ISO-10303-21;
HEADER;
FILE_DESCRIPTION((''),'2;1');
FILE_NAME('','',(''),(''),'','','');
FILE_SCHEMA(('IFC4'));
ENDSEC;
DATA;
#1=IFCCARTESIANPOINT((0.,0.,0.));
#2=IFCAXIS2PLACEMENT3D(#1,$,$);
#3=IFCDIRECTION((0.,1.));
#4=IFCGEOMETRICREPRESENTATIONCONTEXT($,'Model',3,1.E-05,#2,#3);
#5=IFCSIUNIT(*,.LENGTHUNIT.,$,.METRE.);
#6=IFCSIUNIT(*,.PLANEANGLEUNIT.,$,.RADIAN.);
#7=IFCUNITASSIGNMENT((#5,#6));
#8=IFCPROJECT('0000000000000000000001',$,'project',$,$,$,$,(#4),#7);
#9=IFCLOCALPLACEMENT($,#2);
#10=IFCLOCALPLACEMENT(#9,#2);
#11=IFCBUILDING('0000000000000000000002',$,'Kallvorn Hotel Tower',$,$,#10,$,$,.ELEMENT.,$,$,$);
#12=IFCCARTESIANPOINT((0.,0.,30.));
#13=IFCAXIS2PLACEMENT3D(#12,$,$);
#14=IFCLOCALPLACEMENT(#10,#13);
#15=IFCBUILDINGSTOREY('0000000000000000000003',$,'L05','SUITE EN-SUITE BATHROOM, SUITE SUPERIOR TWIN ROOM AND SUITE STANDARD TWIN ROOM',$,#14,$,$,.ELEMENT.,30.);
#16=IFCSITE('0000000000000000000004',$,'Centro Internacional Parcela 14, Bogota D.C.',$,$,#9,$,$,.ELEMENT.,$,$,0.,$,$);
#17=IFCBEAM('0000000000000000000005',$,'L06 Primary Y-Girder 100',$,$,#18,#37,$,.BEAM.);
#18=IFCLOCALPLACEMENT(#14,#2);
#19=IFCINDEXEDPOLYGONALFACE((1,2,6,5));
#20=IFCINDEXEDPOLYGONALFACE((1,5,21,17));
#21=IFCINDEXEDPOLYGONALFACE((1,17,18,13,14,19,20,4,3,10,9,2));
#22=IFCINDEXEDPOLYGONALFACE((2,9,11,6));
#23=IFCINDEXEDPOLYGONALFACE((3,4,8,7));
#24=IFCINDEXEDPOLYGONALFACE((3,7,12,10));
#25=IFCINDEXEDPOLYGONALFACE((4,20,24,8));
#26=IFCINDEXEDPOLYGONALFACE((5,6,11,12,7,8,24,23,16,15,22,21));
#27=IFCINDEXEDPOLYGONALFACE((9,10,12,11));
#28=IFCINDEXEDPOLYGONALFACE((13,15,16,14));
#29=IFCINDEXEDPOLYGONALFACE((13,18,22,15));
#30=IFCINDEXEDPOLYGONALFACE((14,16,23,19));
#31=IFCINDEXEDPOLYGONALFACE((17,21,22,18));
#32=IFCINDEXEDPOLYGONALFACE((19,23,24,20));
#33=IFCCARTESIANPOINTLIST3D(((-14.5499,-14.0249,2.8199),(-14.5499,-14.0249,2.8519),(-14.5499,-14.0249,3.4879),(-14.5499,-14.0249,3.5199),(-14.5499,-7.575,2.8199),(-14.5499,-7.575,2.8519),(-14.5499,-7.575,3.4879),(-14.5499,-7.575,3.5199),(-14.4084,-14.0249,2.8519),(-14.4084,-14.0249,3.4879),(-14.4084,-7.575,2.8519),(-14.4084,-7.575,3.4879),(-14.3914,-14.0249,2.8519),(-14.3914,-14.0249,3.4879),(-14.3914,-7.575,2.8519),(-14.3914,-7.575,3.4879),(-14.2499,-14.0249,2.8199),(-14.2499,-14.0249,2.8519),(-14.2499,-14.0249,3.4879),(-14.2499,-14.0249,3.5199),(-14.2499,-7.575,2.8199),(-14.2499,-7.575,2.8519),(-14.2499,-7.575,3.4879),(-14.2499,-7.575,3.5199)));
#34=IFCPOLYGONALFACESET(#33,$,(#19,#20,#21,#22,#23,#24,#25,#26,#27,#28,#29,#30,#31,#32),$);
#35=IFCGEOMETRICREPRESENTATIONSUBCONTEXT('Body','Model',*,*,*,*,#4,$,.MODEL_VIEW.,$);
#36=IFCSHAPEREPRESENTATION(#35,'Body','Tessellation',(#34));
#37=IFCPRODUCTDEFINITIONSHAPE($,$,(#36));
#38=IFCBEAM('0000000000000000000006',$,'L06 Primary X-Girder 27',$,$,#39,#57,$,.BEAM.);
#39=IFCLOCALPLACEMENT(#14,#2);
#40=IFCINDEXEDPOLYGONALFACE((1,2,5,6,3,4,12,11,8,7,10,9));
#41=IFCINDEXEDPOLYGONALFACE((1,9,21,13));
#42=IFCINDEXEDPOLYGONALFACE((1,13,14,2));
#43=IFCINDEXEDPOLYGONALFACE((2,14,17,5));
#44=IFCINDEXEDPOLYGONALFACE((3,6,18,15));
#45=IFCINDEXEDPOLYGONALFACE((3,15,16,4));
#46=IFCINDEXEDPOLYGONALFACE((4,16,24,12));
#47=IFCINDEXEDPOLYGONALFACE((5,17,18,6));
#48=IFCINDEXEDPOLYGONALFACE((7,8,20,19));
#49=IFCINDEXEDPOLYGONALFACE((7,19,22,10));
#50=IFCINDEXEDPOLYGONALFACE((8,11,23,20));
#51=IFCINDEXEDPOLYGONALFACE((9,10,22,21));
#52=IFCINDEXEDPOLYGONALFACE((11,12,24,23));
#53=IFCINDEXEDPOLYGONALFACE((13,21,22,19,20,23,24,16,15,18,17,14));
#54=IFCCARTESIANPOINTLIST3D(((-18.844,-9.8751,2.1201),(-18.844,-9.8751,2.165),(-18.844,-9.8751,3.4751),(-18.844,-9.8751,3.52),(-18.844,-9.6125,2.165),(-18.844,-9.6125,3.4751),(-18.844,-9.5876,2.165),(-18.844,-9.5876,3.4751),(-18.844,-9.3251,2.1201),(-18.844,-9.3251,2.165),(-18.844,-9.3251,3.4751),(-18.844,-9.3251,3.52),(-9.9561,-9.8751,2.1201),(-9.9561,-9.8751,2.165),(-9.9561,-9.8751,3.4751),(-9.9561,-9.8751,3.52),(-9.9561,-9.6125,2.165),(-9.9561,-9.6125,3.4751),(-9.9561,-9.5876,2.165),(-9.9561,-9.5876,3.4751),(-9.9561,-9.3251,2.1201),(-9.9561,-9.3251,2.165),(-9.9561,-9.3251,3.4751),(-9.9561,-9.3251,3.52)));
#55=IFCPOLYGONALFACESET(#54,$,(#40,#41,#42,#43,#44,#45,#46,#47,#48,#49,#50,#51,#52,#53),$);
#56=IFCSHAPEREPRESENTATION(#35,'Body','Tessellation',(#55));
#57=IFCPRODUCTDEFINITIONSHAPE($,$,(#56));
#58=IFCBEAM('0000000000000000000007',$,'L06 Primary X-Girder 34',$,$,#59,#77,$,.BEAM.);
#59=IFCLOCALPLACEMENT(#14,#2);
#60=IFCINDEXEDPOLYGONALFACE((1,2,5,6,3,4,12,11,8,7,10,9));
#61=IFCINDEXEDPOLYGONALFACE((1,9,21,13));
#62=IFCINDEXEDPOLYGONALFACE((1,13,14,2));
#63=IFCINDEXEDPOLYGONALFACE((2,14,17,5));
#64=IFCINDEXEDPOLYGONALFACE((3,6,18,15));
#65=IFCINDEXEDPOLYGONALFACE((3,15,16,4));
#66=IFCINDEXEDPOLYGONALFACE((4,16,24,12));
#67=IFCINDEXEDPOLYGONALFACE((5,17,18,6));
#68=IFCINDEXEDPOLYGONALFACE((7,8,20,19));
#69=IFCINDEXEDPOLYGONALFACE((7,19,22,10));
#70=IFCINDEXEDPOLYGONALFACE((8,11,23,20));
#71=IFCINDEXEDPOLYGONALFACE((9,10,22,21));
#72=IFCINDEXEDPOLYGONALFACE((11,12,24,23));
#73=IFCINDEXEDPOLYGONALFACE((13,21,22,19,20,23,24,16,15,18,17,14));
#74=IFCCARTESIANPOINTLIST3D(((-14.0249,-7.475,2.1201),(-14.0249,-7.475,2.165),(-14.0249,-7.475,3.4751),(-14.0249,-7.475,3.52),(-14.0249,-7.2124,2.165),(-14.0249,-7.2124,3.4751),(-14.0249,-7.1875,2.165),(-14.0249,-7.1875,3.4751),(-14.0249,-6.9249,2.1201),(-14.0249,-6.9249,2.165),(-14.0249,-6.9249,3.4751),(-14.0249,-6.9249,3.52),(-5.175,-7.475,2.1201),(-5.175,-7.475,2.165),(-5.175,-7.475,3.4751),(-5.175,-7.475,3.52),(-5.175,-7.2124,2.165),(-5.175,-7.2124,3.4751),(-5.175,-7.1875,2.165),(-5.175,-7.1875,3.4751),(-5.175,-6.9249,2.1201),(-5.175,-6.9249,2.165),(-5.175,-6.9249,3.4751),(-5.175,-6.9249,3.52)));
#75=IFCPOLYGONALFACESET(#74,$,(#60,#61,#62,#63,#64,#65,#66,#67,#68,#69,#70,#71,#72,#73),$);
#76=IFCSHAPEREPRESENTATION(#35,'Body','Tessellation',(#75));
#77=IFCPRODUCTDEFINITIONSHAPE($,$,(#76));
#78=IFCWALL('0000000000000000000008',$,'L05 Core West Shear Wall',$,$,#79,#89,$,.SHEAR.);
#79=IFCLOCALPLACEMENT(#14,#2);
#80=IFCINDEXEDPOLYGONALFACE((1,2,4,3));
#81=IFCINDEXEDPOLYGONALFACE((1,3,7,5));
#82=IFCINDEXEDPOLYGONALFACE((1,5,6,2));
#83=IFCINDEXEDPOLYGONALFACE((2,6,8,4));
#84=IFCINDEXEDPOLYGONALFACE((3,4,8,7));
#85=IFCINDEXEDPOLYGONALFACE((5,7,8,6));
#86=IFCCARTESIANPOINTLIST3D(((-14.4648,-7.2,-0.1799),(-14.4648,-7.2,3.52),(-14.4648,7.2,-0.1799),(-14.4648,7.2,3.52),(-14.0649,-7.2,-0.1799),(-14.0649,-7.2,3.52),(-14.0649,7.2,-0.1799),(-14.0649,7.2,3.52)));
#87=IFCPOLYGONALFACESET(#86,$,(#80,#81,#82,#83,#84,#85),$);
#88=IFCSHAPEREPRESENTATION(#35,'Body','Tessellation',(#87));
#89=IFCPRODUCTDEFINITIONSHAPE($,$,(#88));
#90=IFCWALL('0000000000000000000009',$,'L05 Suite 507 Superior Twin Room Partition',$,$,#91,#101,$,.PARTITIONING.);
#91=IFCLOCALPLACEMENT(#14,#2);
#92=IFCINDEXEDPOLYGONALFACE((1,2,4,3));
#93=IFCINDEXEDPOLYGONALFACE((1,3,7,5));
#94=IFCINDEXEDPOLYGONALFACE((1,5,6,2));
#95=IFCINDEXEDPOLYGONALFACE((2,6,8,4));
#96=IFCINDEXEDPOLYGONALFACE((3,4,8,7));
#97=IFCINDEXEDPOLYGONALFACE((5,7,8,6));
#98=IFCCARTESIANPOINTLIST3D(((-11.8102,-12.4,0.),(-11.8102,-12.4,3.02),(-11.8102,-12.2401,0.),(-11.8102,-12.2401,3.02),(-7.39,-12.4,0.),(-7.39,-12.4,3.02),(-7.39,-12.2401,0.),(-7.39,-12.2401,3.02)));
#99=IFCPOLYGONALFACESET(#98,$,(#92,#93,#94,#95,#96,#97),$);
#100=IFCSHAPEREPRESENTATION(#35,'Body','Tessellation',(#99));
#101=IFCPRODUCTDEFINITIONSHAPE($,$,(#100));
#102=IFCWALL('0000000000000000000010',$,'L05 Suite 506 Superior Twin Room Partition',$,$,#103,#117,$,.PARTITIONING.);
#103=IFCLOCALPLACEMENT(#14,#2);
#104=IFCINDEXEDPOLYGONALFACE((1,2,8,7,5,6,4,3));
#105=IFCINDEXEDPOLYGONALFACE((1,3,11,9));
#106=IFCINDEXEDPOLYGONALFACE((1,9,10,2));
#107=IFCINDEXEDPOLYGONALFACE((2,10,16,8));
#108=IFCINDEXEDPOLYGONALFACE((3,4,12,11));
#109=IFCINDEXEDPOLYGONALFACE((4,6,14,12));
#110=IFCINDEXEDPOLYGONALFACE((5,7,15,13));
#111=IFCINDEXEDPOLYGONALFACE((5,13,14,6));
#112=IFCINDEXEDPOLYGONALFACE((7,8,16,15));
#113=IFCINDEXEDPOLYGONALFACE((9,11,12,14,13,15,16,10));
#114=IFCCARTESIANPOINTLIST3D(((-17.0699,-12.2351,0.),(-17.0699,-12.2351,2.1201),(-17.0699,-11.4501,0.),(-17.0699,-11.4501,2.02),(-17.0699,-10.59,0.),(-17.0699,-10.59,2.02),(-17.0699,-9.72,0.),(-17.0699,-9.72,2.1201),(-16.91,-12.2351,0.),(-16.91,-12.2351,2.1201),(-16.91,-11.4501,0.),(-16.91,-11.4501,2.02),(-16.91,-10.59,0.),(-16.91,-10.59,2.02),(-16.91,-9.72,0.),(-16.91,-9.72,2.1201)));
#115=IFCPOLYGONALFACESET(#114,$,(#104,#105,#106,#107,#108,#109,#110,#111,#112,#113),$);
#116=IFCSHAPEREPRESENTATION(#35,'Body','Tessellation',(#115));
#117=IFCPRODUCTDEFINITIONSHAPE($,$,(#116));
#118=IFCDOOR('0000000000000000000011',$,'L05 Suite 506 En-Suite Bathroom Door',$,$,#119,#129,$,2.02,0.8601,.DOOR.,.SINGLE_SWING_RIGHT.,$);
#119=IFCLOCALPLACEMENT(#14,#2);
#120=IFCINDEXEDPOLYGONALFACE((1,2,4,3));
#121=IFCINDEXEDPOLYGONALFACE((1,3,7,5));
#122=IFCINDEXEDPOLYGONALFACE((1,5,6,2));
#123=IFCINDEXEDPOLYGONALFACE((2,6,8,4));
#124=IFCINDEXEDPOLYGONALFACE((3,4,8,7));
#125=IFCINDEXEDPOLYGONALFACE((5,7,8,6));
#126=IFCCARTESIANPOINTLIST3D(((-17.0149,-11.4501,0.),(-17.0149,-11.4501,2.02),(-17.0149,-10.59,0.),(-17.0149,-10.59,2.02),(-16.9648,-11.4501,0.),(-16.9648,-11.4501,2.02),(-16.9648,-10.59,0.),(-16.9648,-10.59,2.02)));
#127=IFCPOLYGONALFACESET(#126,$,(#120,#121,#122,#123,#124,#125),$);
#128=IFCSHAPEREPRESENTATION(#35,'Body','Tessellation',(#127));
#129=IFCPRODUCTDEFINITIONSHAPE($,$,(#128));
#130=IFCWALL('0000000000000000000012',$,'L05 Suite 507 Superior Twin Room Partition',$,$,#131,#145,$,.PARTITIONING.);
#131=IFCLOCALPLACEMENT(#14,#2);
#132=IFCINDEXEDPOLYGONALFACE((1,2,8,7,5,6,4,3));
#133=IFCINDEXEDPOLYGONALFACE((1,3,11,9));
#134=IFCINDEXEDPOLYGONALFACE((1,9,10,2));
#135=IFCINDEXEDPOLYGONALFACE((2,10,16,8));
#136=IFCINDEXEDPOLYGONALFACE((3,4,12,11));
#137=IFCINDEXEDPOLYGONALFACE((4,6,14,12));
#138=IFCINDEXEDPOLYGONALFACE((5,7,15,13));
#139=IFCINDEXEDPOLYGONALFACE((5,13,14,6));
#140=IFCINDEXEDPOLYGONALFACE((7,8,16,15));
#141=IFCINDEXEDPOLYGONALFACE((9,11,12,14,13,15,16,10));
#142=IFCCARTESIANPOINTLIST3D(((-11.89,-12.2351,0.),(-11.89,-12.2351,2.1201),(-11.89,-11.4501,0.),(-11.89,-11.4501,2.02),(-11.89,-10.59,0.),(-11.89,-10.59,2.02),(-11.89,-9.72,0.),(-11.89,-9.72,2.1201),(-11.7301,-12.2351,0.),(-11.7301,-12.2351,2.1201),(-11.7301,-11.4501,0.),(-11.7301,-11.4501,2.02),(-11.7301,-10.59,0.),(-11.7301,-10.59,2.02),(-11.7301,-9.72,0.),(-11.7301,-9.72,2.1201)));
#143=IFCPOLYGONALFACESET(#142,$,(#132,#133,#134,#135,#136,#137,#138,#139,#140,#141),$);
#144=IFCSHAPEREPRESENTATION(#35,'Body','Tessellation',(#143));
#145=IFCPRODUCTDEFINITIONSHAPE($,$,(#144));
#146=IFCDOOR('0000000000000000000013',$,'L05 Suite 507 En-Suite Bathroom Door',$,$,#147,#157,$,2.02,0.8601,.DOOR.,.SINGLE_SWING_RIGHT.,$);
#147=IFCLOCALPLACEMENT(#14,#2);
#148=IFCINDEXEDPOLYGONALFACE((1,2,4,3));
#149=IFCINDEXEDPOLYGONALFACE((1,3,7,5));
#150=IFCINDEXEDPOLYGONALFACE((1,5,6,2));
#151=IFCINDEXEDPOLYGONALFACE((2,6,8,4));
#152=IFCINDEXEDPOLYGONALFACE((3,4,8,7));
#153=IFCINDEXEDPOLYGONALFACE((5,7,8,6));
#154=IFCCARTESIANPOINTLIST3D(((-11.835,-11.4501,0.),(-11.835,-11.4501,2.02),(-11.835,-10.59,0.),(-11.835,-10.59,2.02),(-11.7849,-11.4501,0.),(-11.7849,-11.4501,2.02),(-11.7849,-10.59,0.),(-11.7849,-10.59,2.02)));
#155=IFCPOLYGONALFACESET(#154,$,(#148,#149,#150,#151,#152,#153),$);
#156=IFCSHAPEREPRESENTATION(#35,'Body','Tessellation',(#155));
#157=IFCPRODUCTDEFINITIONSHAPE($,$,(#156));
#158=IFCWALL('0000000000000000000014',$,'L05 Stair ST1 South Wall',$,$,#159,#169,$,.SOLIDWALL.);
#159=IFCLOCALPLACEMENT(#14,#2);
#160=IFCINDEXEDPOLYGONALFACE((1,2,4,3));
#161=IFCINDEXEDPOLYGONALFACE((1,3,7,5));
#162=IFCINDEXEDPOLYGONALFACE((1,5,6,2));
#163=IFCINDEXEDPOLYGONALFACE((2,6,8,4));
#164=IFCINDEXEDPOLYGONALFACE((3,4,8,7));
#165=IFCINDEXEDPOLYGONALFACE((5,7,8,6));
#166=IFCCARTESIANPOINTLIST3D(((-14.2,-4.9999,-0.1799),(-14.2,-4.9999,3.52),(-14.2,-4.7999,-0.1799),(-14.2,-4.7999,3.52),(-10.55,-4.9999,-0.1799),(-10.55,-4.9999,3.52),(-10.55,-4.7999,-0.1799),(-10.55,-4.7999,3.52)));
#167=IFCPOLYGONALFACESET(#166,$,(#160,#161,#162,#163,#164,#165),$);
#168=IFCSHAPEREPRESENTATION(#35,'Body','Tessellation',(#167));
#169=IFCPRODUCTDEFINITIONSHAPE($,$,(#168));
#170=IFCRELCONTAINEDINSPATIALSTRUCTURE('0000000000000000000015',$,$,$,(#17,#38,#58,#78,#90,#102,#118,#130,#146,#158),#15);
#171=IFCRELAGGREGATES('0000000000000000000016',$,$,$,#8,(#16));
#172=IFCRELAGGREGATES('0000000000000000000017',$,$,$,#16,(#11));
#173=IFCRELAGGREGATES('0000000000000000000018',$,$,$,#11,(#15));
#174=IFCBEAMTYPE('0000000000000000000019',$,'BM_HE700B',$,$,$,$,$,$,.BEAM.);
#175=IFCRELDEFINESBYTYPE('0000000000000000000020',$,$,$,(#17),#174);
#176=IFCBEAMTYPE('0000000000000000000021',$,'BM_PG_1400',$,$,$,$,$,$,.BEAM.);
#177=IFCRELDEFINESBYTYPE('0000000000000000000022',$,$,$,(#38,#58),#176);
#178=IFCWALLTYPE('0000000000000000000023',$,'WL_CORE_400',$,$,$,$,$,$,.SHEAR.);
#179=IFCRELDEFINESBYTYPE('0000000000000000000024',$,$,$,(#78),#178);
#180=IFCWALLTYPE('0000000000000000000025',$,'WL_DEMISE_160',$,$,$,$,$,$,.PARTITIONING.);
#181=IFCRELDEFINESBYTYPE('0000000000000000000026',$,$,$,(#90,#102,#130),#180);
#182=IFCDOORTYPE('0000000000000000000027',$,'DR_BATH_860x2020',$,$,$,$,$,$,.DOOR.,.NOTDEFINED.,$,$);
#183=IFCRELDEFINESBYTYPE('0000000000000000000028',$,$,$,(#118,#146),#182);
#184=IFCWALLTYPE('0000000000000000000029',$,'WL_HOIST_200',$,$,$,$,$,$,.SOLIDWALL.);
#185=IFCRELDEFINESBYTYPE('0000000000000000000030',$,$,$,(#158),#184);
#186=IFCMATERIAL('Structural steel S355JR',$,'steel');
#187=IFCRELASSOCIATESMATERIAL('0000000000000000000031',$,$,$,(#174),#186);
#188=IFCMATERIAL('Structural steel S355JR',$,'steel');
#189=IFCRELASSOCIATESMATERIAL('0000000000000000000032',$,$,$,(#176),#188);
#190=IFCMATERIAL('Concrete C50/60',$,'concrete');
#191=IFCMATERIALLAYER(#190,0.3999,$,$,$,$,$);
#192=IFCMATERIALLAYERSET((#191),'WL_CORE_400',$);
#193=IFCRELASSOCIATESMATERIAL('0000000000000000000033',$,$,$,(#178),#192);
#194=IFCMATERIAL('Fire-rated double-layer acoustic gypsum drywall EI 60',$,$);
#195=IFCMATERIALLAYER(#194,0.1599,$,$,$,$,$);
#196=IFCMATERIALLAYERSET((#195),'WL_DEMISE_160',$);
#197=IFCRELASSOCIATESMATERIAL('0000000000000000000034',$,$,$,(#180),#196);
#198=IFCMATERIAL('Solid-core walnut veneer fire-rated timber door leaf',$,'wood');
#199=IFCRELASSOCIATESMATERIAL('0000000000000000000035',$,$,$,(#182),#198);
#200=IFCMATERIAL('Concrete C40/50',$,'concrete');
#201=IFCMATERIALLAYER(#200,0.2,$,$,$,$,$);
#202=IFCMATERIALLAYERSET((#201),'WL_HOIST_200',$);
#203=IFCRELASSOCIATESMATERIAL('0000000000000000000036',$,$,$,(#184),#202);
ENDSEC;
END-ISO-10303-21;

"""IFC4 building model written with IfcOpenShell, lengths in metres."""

from ifc_helpers import new_model, si_unit, direction, frame, frame_2d, origin, origin_2d, place, context, subcontext, project, spatial, rectangle, i_section, extrude, material, layer, layer_set, material_profile, profile_set, type_object, element, fill, save


model = new_model("IFC4")

# Units and contexts
model_context = context("Model", 3, precision=1e-05, world=origin(), true_north=direction((0.0, 1.0)))
body_context = subcontext(model_context, "Body", "Model", "MODEL_VIEW")
ifc_project = project(units=[si_unit("LENGTHUNIT", "METRE"), si_unit("PLANEANGLEUNIT", "RADIAN")], contexts=[model_context])

# Site, building, storey
site_placement = place(None, origin())
site = spatial("IfcSite", under=ifc_project, at=site_placement, Name="Centro Internacional Parcela 14, Bogota D.C.", CompositionType="ELEMENT", RefElevation=0.0)
building_placement = place(site_placement, origin())
building = spatial("IfcBuilding", under=site, at=building_placement, Name="Kallvorn Hotel Tower", CompositionType="ELEMENT")
storey_placement = place(building_placement, frame((0.0, 0.0, 30.0)))
storey = spatial("IfcBuildingStorey", under=building, at=storey_placement, Name="L05", Description="SUITE EN-SUITE BATHROOM, SUITE SUPERIOR TWIN ROOM AND SUITE STANDARD TWIN ROOM", CompositionType="ELEMENT", Elevation=30.0)

# Beams
ifc_material_1 = material(Name="Structural steel S355JR", Category="steel")
ifc_material_profile_1 = material_profile(ifc_material_1, i_section(OverallWidth=0.3, OverallDepth=0.7, WebThickness=0.0171, FlangeThickness=0.032, at=origin_2d()), Name="HE 700 B")
ifc_profile_set_1 = profile_set([ifc_material_profile_1], Name="Structural steel S355JR")
beam_type_1 = type_object("IfcBeamType", Name="BM_HE700B", PredefinedType="BEAM", material=ifc_profile_set_1)
beam_1_placement = place(storey_placement, frame((-14.3999, -14.0249, 3.1699), z_axis=(0.0, 1.0, 0.0), x_axis=(-1.0, 0.0, 0.0)))
element("IfcBeam", 1, at=beam_1_placement, inside=storey, type_object=beam_type_1, Name="L06 Primary Y-Girder 100", PredefinedType="BEAM", context=body_context, shape_type="SweptSolid", body=[
    extrude(i_section(OverallWidth=0.3, OverallDepth=0.7, WebThickness=0.0171, FlangeThickness=0.032, at=origin_2d()), origin(), (0.0, 0.0, 1.0), 6.45),
])
ifc_material_2 = material(Name="Structural steel S355JR", Category="steel")
ifc_material_profile_2 = material_profile(ifc_material_2, i_section(OverallWidth=0.55, OverallDepth=1.3999, WebThickness=0.0249, FlangeThickness=0.0449, at=origin_2d()), Name="PG 1400x550x25x45")
ifc_profile_set_2 = profile_set([ifc_material_profile_2], Name="Structural steel S355JR")
beam_type_2 = type_object("IfcBeamType", Name="BM_PG_1400", PredefinedType="BEAM", material=ifc_profile_set_2)
beam_2_placement = place(storey_placement, frame((-18.844, -9.6001, 2.8201), z_axis=(1.0, 0.0, 0.0), x_axis=(0.0, 1.0, 0.0)))
element("IfcBeam", 2, at=beam_2_placement, inside=storey, type_object=beam_type_2, Name="L06 Primary X-Girder 27", PredefinedType="BEAM", context=body_context, shape_type="SweptSolid", body=[
    extrude(i_section(OverallWidth=0.55, OverallDepth=1.3999, WebThickness=0.0249, FlangeThickness=0.0449, at=origin_2d()), origin(), (0.0, 0.0, 1.0), 8.8879),
])
beam_3_placement = place(storey_placement, frame((-14.0249, -7.2, 2.8201), z_axis=(1.0, 0.0, 0.0), x_axis=(0.0, 1.0, 0.0)))
element("IfcBeam", 3, at=beam_3_placement, inside=storey, type_object=beam_type_2, Name="L06 Primary X-Girder 34", PredefinedType="BEAM", context=body_context, shape_type="SweptSolid", body=[
    extrude(i_section(OverallWidth=0.55, OverallDepth=1.3999, WebThickness=0.0249, FlangeThickness=0.0449, at=origin_2d()), origin(), (0.0, 0.0, 1.0), 8.8499),
])

# Walls
ifc_material_3 = material(Name="Concrete C50/60", Category="concrete")
ifc_layer_1 = layer(ifc_material_3, 0.3999)
ifc_layer_set_1 = layer_set([ifc_layer_1], Name="WL_CORE_400")
wall_type_1 = type_object("IfcWallType", Name="WL_CORE_400", PredefinedType="SHEAR", material=ifc_layer_set_1)
wall_1_placement = place(storey_placement, frame((-14.2649, -7.2, -0.1799), z_axis=(0.0, 0.0, 1.0), x_axis=(0.0, 1.0, 0.0)))
element("IfcWall", 4, at=wall_1_placement, inside=storey, type_object=wall_type_1, Name="L05 Core West Shear Wall", PredefinedType="SHEAR", context=body_context, shape_type="SweptSolid", body=[
    extrude(rectangle(XDim=14.3999, YDim=0.3999, at=frame_2d((7.2, 0.0))), origin(), (0.0, 0.0, 1.0), 3.7),
])
ifc_material_4 = material(Name="Fire-rated double-layer acoustic gypsum drywall EI 60")
ifc_layer_2 = layer(ifc_material_4, 0.1599)
ifc_layer_set_2 = layer_set([ifc_layer_2], Name="WL_DEMISE_160")
wall_type_2 = type_object("IfcWallType", Name="WL_DEMISE_160", PredefinedType="PARTITIONING", material=ifc_layer_set_2)
wall_2_placement = place(storey_placement, frame((-11.8101, -12.3201, 0.0), z_axis=(0.0, 0.0, 1.0), x_axis=(1.0, 0.0, 0.0)))
element("IfcWall", 5, at=wall_2_placement, inside=storey, type_object=wall_type_2, Name="L05 Suite 507 Superior Twin Room Partition", PredefinedType="PARTITIONING", context=body_context, shape_type="SweptSolid", body=[
    extrude(rectangle(XDim=4.4202, YDim=0.1599, at=frame_2d((2.21, 0.0))), origin(), (0.0, 0.0, 1.0), 3.02),
])

# Walls, openings, doors
wall_3_placement = place(storey_placement, frame((-16.99, -12.2351, 0.0), z_axis=(0.0, 0.0, 1.0), x_axis=(0.0, 1.0, 0.0)))
wall_3 = element("IfcWall", 6, at=wall_3_placement, inside=storey, type_object=wall_type_2, Name="L05 Suite 506 Superior Twin Room Partition", PredefinedType="PARTITIONING", context=body_context, shape_type="SweptSolid", body=[
    extrude(rectangle(XDim=2.5151, YDim=0.1599, at=frame_2d((1.2576, 0.0))), origin(), (0.0, 0.0, 1.0), 2.1201),
])
opening_1_placement = place(wall_3_placement, frame((0.7849, 0.0, 0.0)))
opening_1 = element("IfcOpeningElement", 7, at=opening_1_placement, cuts=wall_3, PredefinedType="OPENING", context=body_context, shape_type="SweptSolid", body=[
    extrude(rectangle(XDim=0.8601, YDim=2.02, at=frame_2d((0.4302, 1.01))), frame((0.0, 0.095, 0.0), z_axis=(0.0, -1.0, 0.0), x_axis=(1.0, 0.0, 0.0)), (0.0, 0.0, 1.0), 0.1899),
])
ifc_material_5 = material(Name="Solid-core walnut veneer fire-rated timber door leaf", Category="wood")
door_type_1 = type_object("IfcDoorType", Name="DR_BATH_860x2020", OperationType="NOTDEFINED", PredefinedType="DOOR", material=ifc_material_5)
door_1_placement = place(opening_1_placement, origin())
door_1 = element("IfcDoor", 8, at=door_1_placement, inside=storey, type_object=door_type_1, Name="L05 Suite 506 En-Suite Bathroom Door", OperationType="SINGLE_SWING_RIGHT", OverallHeight=2.02, OverallWidth=0.8601, PredefinedType="DOOR", context=body_context, shape_type="SweptSolid", body=[
    extrude(rectangle(XDim=0.8601, YDim=2.02, at=frame_2d((0.4302, 1.01))), frame((0.0, 0.0249, 0.0), z_axis=(0.0, -1.0, 0.0), x_axis=(1.0, 0.0, 0.0)), (0.0, 0.0, 1.0), 0.05),
])
fill(opening_1, door_1)
wall_4_placement = place(storey_placement, frame((-11.8101, -12.2351, 0.0), z_axis=(0.0, 0.0, 1.0), x_axis=(0.0, 1.0, 0.0)))
wall_4 = element("IfcWall", 9, at=wall_4_placement, inside=storey, type_object=wall_type_2, Name="L05 Suite 507 Superior Twin Room Partition", PredefinedType="PARTITIONING", context=body_context, shape_type="SweptSolid", body=[
    extrude(rectangle(XDim=2.5151, YDim=0.1599, at=frame_2d((1.2576, 0.0))), origin(), (0.0, 0.0, 1.0), 2.1201),
])
opening_2_placement = place(wall_4_placement, frame((0.7849, 0.0, 0.0)))
opening_2 = element("IfcOpeningElement", 10, at=opening_2_placement, cuts=wall_4, PredefinedType="OPENING", context=body_context, shape_type="SweptSolid", body=[
    extrude(rectangle(XDim=0.8601, YDim=2.02, at=frame_2d((0.4302, 1.01))), frame((0.0, 0.095, 0.0), z_axis=(0.0, -1.0, 0.0), x_axis=(1.0, 0.0, 0.0)), (0.0, 0.0, 1.0), 0.1899),
])
door_2_placement = place(opening_2_placement, origin())
door_2 = element("IfcDoor", 11, at=door_2_placement, inside=storey, type_object=door_type_1, Name="L05 Suite 507 En-Suite Bathroom Door", OperationType="SINGLE_SWING_RIGHT", OverallHeight=2.02, OverallWidth=0.8601, PredefinedType="DOOR", context=body_context, shape_type="SweptSolid", body=[
    extrude(rectangle(XDim=0.8601, YDim=2.02, at=frame_2d((0.4302, 1.01))), frame((0.0, 0.0249, 0.0), z_axis=(0.0, -1.0, 0.0), x_axis=(1.0, 0.0, 0.0)), (0.0, 0.0, 1.0), 0.05),
])
fill(opening_2, door_2)

# Wall
ifc_material_6 = material(Name="Concrete C40/50", Category="concrete")
ifc_layer_3 = layer(ifc_material_6, 0.2)
ifc_layer_set_3 = layer_set([ifc_layer_3], Name="WL_HOIST_200")
wall_type_3 = type_object("IfcWallType", Name="WL_HOIST_200", PredefinedType="SOLIDWALL", material=ifc_layer_set_3)
wall_5_placement = place(storey_placement, frame((-14.2, -4.8999, -0.1799), z_axis=(0.0, 0.0, 1.0), x_axis=(1.0, 0.0, 0.0)))
element("IfcWall", 12, at=wall_5_placement, inside=storey, type_object=wall_type_3, Name="L05 Stair ST1 South Wall", PredefinedType="SOLIDWALL", context=body_context, shape_type="SweptSolid", body=[
    extrude(rectangle(XDim=3.6499, YDim=0.2, at=frame_2d((1.825, 0.0))), origin(), (0.0, 0.0, 1.0), 3.7),
])

save(model, "model.ifc")
